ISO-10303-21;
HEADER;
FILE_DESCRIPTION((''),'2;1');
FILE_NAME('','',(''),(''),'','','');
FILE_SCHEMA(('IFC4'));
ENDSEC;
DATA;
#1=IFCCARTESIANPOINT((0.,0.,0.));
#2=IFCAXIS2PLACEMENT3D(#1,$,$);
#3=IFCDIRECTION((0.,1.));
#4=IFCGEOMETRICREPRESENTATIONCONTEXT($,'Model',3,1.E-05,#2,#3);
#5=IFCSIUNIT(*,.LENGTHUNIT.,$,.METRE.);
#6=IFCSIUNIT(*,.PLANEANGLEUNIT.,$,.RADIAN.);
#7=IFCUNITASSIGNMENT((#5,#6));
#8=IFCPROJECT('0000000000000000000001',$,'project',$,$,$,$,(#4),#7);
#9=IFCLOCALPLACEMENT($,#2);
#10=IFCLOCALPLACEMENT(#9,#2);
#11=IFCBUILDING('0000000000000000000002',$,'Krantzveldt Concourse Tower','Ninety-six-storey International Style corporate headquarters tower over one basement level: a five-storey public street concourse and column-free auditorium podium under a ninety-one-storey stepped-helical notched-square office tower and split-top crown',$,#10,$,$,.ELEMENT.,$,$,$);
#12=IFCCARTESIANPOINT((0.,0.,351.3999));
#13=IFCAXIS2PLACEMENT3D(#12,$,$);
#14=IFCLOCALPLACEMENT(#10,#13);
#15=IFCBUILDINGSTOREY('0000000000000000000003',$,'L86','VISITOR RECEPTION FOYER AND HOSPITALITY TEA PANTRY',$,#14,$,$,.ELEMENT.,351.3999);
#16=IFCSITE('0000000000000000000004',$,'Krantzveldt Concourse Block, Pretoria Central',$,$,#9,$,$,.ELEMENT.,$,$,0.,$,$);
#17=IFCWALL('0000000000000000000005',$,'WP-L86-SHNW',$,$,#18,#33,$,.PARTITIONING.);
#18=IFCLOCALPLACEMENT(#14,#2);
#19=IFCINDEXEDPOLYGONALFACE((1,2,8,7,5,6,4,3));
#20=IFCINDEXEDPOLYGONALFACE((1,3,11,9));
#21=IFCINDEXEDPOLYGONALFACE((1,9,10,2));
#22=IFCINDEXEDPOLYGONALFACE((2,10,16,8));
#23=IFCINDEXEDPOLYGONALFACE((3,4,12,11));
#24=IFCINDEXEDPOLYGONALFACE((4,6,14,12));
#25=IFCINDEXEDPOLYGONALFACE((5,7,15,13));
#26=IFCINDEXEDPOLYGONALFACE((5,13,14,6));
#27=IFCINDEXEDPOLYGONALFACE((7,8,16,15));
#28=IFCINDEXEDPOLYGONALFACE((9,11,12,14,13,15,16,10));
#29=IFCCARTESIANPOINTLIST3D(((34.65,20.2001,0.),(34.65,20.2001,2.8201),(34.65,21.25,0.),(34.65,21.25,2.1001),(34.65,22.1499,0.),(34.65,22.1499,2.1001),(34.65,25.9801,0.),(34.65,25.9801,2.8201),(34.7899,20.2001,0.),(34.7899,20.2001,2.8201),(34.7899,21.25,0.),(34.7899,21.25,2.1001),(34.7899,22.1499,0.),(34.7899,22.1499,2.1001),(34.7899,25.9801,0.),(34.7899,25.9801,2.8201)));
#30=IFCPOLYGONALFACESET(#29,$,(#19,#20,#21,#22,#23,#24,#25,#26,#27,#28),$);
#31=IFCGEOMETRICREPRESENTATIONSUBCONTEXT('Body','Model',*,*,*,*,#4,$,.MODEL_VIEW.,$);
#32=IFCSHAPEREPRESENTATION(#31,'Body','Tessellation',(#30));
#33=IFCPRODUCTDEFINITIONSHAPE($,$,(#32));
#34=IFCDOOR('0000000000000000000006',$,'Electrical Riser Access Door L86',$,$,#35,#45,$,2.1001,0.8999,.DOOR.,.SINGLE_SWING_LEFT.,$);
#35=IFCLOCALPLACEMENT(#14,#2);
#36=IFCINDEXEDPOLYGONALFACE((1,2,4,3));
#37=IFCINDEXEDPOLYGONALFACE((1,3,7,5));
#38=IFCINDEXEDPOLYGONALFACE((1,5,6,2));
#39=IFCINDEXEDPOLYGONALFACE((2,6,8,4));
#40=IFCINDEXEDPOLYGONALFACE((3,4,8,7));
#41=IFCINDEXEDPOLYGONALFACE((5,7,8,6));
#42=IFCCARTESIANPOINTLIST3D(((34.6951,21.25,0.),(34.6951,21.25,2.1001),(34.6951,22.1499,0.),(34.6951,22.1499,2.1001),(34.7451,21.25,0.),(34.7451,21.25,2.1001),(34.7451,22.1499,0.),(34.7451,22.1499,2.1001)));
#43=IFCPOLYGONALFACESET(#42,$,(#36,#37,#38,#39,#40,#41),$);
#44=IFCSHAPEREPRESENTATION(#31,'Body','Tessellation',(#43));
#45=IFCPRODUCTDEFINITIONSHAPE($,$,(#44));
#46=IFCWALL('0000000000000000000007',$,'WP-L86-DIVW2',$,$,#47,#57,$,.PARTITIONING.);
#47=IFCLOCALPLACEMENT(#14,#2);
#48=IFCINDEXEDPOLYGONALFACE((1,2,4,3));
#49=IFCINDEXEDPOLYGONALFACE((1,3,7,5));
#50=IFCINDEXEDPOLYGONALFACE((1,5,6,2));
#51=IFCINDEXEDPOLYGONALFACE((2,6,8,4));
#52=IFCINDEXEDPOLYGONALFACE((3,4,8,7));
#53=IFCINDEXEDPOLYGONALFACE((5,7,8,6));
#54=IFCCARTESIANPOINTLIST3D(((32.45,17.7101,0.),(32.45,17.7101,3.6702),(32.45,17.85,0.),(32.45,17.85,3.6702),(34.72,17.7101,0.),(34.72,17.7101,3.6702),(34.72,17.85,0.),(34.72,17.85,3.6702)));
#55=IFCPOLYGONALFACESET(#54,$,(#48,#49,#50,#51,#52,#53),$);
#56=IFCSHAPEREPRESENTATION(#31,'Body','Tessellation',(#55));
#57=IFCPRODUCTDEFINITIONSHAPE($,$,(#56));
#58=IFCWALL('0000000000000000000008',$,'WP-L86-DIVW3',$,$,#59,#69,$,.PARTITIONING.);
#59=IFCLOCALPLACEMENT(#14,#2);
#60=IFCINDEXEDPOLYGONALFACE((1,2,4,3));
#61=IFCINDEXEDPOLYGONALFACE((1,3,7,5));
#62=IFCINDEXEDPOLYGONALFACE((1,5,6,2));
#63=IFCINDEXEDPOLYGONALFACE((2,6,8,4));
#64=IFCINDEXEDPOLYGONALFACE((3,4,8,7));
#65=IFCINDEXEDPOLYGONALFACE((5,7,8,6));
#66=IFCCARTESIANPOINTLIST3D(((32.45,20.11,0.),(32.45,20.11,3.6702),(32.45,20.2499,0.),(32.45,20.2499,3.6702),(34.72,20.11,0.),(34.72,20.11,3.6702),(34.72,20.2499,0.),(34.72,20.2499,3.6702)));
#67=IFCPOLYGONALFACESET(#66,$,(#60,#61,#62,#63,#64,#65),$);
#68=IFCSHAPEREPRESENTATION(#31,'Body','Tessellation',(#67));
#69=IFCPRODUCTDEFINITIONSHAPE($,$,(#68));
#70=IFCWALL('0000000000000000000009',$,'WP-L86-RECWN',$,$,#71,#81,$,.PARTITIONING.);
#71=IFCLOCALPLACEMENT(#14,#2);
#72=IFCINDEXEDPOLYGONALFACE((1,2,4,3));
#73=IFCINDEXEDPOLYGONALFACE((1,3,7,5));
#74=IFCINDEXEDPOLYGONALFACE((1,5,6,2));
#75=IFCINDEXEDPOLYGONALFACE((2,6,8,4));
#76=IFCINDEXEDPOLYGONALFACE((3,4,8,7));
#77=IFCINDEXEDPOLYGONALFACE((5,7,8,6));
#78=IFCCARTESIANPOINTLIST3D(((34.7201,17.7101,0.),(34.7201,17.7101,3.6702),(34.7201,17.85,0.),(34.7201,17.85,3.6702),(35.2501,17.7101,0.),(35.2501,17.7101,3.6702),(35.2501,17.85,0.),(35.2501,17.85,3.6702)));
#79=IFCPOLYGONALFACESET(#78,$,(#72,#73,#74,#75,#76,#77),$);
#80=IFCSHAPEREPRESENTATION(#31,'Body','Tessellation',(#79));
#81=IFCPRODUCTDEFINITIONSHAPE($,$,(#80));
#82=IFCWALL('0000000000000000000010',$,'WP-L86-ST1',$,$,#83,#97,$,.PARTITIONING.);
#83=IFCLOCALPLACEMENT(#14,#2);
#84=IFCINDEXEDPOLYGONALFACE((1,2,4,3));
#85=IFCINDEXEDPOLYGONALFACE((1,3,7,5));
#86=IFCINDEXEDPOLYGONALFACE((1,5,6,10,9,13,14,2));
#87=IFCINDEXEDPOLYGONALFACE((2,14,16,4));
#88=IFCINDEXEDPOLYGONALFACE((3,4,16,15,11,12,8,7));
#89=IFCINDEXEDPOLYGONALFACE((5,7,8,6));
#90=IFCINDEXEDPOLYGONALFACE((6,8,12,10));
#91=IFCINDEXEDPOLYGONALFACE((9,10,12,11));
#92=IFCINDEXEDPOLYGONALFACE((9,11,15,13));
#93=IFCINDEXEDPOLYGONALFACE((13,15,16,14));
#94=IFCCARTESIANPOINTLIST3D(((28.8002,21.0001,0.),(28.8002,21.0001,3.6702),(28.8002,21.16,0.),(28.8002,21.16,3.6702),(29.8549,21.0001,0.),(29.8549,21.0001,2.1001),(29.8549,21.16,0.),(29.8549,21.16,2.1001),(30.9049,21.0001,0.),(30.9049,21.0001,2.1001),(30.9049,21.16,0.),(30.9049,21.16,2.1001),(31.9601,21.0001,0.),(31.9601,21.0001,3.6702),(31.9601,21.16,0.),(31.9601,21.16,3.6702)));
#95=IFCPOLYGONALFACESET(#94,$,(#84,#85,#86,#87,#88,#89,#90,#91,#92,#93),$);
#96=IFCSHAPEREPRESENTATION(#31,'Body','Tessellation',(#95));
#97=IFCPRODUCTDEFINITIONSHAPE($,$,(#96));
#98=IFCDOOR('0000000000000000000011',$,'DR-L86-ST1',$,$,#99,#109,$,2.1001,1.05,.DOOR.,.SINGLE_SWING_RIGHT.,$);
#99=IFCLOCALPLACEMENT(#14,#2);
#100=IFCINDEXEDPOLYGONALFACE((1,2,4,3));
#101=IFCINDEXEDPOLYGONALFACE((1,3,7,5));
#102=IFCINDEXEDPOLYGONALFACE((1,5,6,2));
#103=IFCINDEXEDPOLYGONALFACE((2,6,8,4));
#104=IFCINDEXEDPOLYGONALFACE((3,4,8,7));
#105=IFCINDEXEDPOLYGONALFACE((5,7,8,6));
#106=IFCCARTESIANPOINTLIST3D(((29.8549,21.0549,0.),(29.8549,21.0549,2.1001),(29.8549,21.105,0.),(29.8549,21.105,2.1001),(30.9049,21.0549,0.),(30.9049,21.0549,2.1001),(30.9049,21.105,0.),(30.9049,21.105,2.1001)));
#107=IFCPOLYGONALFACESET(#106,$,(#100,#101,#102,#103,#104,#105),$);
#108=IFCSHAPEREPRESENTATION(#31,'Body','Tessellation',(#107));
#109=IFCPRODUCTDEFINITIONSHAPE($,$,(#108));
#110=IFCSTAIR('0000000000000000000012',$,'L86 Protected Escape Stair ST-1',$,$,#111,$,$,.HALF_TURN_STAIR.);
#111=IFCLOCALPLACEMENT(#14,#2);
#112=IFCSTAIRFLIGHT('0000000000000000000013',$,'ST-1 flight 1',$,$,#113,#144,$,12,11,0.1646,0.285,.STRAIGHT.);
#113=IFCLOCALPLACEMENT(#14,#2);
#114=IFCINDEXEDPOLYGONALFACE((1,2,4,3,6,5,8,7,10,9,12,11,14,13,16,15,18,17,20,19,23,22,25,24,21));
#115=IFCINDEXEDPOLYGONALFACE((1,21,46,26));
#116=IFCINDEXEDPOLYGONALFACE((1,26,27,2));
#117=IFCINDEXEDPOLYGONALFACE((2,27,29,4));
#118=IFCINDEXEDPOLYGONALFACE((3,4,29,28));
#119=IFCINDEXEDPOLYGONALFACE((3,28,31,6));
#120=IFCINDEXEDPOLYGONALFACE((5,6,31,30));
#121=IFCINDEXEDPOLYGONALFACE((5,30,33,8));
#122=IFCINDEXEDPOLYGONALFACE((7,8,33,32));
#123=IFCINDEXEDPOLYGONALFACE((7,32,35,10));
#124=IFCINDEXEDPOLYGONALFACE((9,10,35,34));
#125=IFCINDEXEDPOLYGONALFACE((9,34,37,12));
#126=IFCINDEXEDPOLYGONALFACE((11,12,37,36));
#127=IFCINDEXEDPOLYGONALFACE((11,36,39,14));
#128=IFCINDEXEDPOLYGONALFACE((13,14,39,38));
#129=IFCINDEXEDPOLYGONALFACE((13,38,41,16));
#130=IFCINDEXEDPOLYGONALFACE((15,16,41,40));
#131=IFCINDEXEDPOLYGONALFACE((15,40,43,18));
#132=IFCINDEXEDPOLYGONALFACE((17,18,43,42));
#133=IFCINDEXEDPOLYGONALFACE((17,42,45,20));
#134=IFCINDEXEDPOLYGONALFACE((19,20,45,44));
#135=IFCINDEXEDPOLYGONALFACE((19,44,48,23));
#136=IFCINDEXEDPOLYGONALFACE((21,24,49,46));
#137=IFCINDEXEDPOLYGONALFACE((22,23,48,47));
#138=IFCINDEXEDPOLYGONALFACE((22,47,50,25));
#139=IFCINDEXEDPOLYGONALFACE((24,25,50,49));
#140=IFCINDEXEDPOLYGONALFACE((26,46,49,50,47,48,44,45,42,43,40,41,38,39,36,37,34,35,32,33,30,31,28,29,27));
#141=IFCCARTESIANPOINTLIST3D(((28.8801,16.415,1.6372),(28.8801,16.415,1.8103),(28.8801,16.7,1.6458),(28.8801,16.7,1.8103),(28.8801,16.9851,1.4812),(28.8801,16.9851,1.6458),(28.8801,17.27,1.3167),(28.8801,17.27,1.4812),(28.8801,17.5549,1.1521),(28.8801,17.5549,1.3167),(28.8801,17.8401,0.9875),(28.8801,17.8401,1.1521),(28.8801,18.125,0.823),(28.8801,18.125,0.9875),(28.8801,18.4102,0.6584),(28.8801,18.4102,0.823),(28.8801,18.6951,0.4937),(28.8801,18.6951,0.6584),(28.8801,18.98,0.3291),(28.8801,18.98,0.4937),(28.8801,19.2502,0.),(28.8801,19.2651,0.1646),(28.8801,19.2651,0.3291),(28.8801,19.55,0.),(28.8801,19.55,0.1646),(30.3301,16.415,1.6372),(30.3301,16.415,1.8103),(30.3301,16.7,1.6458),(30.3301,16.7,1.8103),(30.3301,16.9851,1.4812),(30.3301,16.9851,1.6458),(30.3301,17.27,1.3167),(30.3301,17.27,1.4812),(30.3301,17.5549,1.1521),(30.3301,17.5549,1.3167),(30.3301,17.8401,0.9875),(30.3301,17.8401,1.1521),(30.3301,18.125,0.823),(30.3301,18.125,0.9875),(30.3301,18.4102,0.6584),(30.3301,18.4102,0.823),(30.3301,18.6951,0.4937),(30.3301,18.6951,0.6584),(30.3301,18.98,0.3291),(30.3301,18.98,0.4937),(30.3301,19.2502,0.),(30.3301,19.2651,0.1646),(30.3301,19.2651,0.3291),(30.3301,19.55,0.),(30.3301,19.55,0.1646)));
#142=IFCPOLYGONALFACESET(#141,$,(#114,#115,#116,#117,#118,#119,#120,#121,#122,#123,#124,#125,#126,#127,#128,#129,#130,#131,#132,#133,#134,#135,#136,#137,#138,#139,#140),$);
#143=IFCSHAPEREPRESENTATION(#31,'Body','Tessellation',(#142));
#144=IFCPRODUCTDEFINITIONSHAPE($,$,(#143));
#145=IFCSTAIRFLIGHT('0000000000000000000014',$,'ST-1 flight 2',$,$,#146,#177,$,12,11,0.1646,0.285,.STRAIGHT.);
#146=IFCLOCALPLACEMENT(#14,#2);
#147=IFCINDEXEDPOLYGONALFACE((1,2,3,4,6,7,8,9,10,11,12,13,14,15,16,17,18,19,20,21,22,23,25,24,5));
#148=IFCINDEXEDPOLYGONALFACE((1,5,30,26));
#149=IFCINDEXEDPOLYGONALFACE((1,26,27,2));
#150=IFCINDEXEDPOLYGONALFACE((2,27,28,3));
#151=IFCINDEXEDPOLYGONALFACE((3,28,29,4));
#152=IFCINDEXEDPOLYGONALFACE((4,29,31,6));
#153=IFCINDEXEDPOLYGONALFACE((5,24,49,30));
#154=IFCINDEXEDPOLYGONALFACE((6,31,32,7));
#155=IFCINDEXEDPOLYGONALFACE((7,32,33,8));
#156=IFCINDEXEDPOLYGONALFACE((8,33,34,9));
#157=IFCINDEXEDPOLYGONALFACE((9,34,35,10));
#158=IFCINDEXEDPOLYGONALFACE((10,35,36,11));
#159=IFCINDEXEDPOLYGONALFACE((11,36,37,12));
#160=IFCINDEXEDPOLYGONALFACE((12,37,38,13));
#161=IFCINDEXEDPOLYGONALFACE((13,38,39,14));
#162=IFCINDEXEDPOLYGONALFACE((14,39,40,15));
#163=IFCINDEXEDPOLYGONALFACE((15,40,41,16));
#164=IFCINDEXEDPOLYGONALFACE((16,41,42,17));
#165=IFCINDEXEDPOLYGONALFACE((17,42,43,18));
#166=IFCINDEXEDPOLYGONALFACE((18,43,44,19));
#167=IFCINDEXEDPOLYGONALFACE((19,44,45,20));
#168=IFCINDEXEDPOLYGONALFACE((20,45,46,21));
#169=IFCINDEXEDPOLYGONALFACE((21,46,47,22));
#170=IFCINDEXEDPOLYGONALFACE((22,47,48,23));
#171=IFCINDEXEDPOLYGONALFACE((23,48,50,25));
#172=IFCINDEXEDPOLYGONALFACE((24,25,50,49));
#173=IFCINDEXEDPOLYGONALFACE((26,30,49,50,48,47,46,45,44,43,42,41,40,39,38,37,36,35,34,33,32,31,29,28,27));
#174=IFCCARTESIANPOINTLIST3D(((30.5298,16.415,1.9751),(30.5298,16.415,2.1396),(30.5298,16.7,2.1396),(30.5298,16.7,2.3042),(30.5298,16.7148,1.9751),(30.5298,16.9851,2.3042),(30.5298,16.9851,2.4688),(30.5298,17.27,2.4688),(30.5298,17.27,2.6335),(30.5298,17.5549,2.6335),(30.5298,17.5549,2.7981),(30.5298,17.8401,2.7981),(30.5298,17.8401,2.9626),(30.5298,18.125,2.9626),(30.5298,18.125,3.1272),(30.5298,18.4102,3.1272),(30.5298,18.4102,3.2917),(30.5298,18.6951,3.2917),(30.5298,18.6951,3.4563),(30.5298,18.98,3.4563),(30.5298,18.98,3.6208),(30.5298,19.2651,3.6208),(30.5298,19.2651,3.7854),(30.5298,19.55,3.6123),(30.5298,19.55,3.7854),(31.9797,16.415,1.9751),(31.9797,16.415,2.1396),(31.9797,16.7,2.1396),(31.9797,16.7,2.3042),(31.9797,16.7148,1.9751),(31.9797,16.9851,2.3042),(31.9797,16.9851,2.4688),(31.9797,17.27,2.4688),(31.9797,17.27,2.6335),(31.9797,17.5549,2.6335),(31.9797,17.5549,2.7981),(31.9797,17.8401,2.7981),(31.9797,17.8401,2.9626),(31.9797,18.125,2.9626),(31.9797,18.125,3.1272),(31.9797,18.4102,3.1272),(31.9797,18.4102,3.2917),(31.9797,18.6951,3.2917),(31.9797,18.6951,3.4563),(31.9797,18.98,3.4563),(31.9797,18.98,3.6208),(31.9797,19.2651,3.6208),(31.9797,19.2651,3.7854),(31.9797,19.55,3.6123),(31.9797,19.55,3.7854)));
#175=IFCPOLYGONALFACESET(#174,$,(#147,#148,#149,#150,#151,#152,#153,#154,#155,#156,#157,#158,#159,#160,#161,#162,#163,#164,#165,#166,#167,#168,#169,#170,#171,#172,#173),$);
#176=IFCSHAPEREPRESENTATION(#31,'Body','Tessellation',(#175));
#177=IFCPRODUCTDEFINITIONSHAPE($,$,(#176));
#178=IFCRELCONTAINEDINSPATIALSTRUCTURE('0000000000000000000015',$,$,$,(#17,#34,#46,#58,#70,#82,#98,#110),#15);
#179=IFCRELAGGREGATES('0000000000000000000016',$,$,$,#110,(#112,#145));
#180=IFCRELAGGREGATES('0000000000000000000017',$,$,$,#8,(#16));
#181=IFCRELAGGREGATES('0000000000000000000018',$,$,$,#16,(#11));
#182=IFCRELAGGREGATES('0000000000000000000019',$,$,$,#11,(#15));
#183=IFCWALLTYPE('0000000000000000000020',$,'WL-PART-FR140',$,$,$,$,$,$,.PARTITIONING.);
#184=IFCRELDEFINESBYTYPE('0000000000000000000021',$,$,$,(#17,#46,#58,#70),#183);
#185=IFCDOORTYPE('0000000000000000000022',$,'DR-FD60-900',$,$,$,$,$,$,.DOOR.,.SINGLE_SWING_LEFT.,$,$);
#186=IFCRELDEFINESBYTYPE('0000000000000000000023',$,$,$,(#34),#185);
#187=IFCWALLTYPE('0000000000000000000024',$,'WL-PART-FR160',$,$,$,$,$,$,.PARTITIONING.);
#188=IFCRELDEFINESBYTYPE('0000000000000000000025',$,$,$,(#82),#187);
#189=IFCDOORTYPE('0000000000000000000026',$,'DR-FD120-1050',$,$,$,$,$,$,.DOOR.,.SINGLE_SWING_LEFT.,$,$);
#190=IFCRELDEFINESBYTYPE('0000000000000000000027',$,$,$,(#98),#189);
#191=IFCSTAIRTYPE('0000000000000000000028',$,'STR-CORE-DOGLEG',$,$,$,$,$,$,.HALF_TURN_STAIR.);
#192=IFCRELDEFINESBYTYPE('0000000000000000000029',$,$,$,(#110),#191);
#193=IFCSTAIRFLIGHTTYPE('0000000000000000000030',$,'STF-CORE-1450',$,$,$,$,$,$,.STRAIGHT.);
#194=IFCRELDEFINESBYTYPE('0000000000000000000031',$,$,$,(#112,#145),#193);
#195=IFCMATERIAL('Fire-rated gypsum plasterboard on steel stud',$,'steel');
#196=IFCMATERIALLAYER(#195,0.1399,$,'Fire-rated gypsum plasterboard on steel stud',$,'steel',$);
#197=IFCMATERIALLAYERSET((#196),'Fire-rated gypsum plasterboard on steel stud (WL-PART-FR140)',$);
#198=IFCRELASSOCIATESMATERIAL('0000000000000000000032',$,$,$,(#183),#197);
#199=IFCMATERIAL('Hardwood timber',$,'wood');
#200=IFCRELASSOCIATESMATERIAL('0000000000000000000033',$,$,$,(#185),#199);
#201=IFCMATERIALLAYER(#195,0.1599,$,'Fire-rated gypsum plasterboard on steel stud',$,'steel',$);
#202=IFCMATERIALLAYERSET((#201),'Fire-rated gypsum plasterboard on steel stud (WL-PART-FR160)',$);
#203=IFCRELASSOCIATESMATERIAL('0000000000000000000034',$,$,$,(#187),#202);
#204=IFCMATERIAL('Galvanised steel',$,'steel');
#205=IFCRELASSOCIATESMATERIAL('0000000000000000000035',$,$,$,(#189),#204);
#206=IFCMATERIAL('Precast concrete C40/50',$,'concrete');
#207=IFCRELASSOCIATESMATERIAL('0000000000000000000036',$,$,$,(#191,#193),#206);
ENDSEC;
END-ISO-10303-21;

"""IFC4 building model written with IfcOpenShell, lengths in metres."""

from ifc_helpers import new_model, si_unit, direction, frame, frame_2d, origin, place, context, subcontext, project, spatial, polyline, rectangle, outline, extrude, material, layer, layer_set, type_object, element, fill, aggregate, save


model = new_model("IFC4")

# Units and contexts
model_context = context("Model", 3, precision=1e-05, world=origin(), true_north=direction((0.0, 1.0)))
body_context = subcontext(model_context, "Body", "Model", "MODEL_VIEW")
ifc_project = project(units=[si_unit("LENGTHUNIT", "METRE"), si_unit("PLANEANGLEUNIT", "RADIAN")], contexts=[model_context])

# Site, building, storey
site_placement = place(None, origin())
site = spatial("IfcSite", under=ifc_project, at=site_placement, Name="Krantzveldt Concourse Block, Pretoria Central", CompositionType="ELEMENT", RefElevation=0.0)
building_placement = place(site_placement, origin())
building = spatial("IfcBuilding", under=site, at=building_placement, Name="Krantzveldt Concourse Tower", Description="Ninety-six-storey International Style corporate headquarters tower over one basement level: a five-storey public street concourse and column-free auditorium podium under a ninety-one-storey stepped-helical notched-square office tower and split-top crown", CompositionType="ELEMENT")
storey_placement = place(building_placement, frame((0.0, 0.0, 351.3999)))
storey = spatial("IfcBuildingStorey", under=building, at=storey_placement, Name="L86", Description="VISITOR RECEPTION FOYER AND HOSPITALITY TEA PANTRY", CompositionType="ELEMENT", Elevation=351.3999)

# Wall, opening, door
ifc_material_1 = material(Name="Fire-rated gypsum plasterboard on steel stud", Category="steel")
ifc_layer_1 = layer(ifc_material_1, 0.1399, Name="Fire-rated gypsum plasterboard on steel stud", Category="steel")
ifc_layer_set_1 = layer_set([ifc_layer_1], Name="Fire-rated gypsum plasterboard on steel stud (WL-PART-FR140)")
wall_type_1 = type_object("IfcWallType", Name="WL-PART-FR140", PredefinedType="PARTITIONING", material=ifc_layer_set_1)
wall_1_placement = place(storey_placement, frame((34.72, 20.2, 0.0), z_axis=(0.0, 0.0, 1.0), x_axis=(0.0, 1.0, 0.0)))
wall_1 = element("IfcWall", 1, at=wall_1_placement, inside=storey, type_object=wall_type_1, Name="WP-L86-SHNW", PredefinedType="PARTITIONING", context=body_context, shape_type="SweptSolid", body=[
    extrude(rectangle(XDim=5.78, YDim=0.1399, at=frame_2d((2.8901, 0.0))), origin(), (0.0, 0.0, 1.0), 2.8201),
])
opening_1_placement = place(wall_1_placement, frame((1.05, 0.0, 0.0)))
opening_1 = element("IfcOpeningElement", 2, at=opening_1_placement, cuts=wall_1, PredefinedType="OPENING", context=body_context, shape_type="SweptSolid", body=[
    extrude(rectangle(XDim=0.8999, YDim=2.1001, at=frame_2d((0.45, 1.05))), frame((0.0, 0.0801, 0.0), z_axis=(0.0, -1.0, 0.0), x_axis=(1.0, 0.0, 0.0)), (0.0, 0.0, 1.0), 0.1599),
])
ifc_material_2 = material(Name="Hardwood timber", Category="wood")
door_type_1 = type_object("IfcDoorType", Name="DR-FD60-900", OperationType="SINGLE_SWING_LEFT", PredefinedType="DOOR", material=ifc_material_2)
door_1_placement = place(opening_1_placement, origin())
door_1 = element("IfcDoor", 3, at=door_1_placement, inside=storey, type_object=door_type_1, Name="Electrical Riser Access Door L86", OperationType="SINGLE_SWING_LEFT", OverallHeight=2.1001, OverallWidth=0.8999, PredefinedType="DOOR", context=body_context, shape_type="SweptSolid", body=[
    extrude(rectangle(XDim=0.8999, YDim=2.1001, at=frame_2d((0.45, 1.05))), frame((0.0, 0.0249, 0.0), z_axis=(0.0, -1.0, 0.0), x_axis=(1.0, 0.0, 0.0)), (0.0, 0.0, 1.0), 0.05),
])
fill(opening_1, door_1)

# Walls
for number, where, z_axis, x_axis, name in (
    (4, (32.45, 17.78, 0.0), (0.0, 0.0, 1.0), (1.0, 0.0, 0.0), "WP-L86-DIVW2"),
    (5, (32.45, 20.1799, 0.0), (0.0, 0.0, 1.0), (1.0, 0.0, 0.0), "WP-L86-DIVW3"),
):
    element("IfcWall", number, at=place(storey_placement, frame(where, z_axis=z_axis, x_axis=x_axis)), inside=storey, type_object=wall_type_1, Name=name, PredefinedType="PARTITIONING", context=body_context, shape_type="SweptSolid", body=[
        extrude(rectangle(XDim=2.27, YDim=0.1399, at=frame_2d((1.135, 0.0))), origin(), (0.0, 0.0, 1.0), 3.6702),
    ])
wall_2_placement = place(storey_placement, frame((34.72, 17.78, 0.0), z_axis=(0.0, 0.0, 1.0), x_axis=(1.0, 0.0, 0.0)))
element("IfcWall", 6, at=wall_2_placement, inside=storey, type_object=wall_type_1, Name="WP-L86-RECWN", PredefinedType="PARTITIONING", context=body_context, shape_type="SweptSolid", body=[
    extrude(rectangle(XDim=0.53, YDim=0.1399, at=frame_2d((0.2651, 0.0))), origin(), (0.0, 0.0, 1.0), 3.6702),
])

# Wall, opening, door
ifc_layer_2 = layer(ifc_material_1, 0.1599, Name="Fire-rated gypsum plasterboard on steel stud", Category="steel")
ifc_layer_set_2 = layer_set([ifc_layer_2], Name="Fire-rated gypsum plasterboard on steel stud (WL-PART-FR160)")
wall_type_2 = type_object("IfcWallType", Name="WL-PART-FR160", PredefinedType="PARTITIONING", material=ifc_layer_set_2)
wall_3_placement = place(storey_placement, frame((28.8, 21.0801, 0.0), z_axis=(0.0, 0.0, 1.0), x_axis=(1.0, 0.0, 0.0)))
wall_3 = element("IfcWall", 7, at=wall_3_placement, inside=storey, type_object=wall_type_2, Name="WP-L86-ST1", PredefinedType="PARTITIONING", context=body_context, shape_type="SweptSolid", body=[
    extrude(rectangle(XDim=3.1599, YDim=0.1599, at=frame_2d((1.5801, 0.0))), origin(), (0.0, 0.0, 1.0), 3.6702),
])
opening_2_placement = place(wall_3_placement, frame((1.0549, 0.0, 0.0)))
opening_2 = element("IfcOpeningElement", 8, at=opening_2_placement, cuts=wall_3, PredefinedType="OPENING", context=body_context, shape_type="SweptSolid", body=[
    extrude(rectangle(XDim=1.05, YDim=2.1001, at=frame_2d((0.5249, 1.05))), frame((0.0, 0.0898, 0.0), z_axis=(0.0, -1.0, 0.0), x_axis=(1.0, 0.0, 0.0)), (0.0, 0.0, 1.0), 0.1799),
])
ifc_material_3 = material(Name="Galvanised steel", Category="steel")
door_type_2 = type_object("IfcDoorType", Name="DR-FD120-1050", OperationType="SINGLE_SWING_LEFT", PredefinedType="DOOR", material=ifc_material_3)
door_2_placement = place(opening_2_placement, origin())
door_2 = element("IfcDoor", 9, at=door_2_placement, inside=storey, type_object=door_type_2, Name="DR-L86-ST1", OperationType="SINGLE_SWING_RIGHT", OverallHeight=2.1001, OverallWidth=1.05, PredefinedType="DOOR", context=body_context, shape_type="SweptSolid", body=[
    extrude(rectangle(XDim=1.05, YDim=2.1001, at=frame_2d((0.5249, 1.05))), frame((0.0, 0.0249, 0.0), z_axis=(0.0, -1.0, 0.0), x_axis=(1.0, 0.0, 0.0)), (0.0, 0.0, 1.0), 0.05),
])
fill(opening_2, door_2)

# Stair, stair flights
ifc_material_4 = material(Name="Precast concrete C40/50", Category="concrete")
stair_type = type_object("IfcStairType", Name="STR-CORE-DOGLEG", PredefinedType="HALF_TURN_STAIR", material=ifc_material_4)
stair_placement = place(storey_placement, origin())
stair = element("IfcStair", 10, at=stair_placement, inside=storey, type_object=stair_type, Name="L86 Protected Escape Stair ST-1", PredefinedType="HALF_TURN_STAIR")
stair_flight_type = type_object("IfcStairFlightType", Name="STF-CORE-1450", PredefinedType="STRAIGHT", material=ifc_material_4)
stair_flight_1_placement = place(storey_placement, frame((29.605, 19.55, 0.0), z_axis=(0.0, 0.0, 1.0), x_axis=(0.0, -1.0, 0.0)))
stair_flight_1 = element("IfcStairFlight", 11, at=stair_flight_1_placement, type_object=stair_flight_type, Name="ST-1 flight 1", NumberOfRisers=12, NumberOfTreads=11, PredefinedType="STRAIGHT", RiserHeight=0.1646, TreadLength=0.285, context=body_context, shape_type="SweptSolid", body=[
    extrude(outline(polyline([(0.0, 0.0), (0.0, 0.1646), (0.2849, 0.1646), (0.2849, 0.3291), (0.5701, 0.3291), (0.5701, 0.4937), (0.855, 0.4937), (0.855, 0.6584), (1.1399, 0.6584), (1.1399, 0.823), (1.425, 0.823), (1.425, 0.9875), (1.71, 0.9875), (1.71, 1.1521), (1.9951, 1.1521), (1.9951, 1.3167), (2.28, 1.3167), (2.28, 1.4812), (2.5649, 1.4812), (2.5649, 1.6458), (2.8501, 1.6458), (2.8501, 1.8103), (3.135, 1.8103), (3.135, 1.9751), (3.135, 1.6372), (0.2998, 0.0), (0.0, 0.0)])), frame((0.0, 0.7251, 0.0), z_axis=(0.0, -1.0, 0.0), x_axis=(1.0, 0.0, 0.0)), (0.0, 0.0, 1.0), 1.45),
])
stair_flight_2_placement = place(storey_placement, frame((31.2549, 16.415, 1.9751), z_axis=(0.0, 0.0, 1.0), x_axis=(0.0, 1.0, 0.0)))
stair_flight_2 = element("IfcStairFlight", 12, at=stair_flight_2_placement, type_object=stair_flight_type, Name="ST-1 flight 2", NumberOfRisers=12, NumberOfTreads=11, PredefinedType="STRAIGHT", RiserHeight=0.1646, TreadLength=0.285, context=body_context, shape_type="SweptSolid", body=[
    extrude(outline(polyline([(0.0, 0.0), (0.0, 0.1646), (0.2849, 0.1646), (0.2849, 0.3291), (0.5701, 0.3291), (0.5701, 0.4937), (0.855, 0.4937), (0.855, 0.6584), (1.1399, 0.6584), (1.1399, 0.823), (1.425, 0.823), (1.425, 0.9875), (1.71, 0.9875), (1.71, 1.1521), (1.9951, 1.1521), (1.9951, 1.3167), (2.28, 1.3167), (2.28, 1.4812), (2.5649, 1.4812), (2.5649, 1.6458), (2.8501, 1.6458), (2.8501, 1.8103), (3.135, 1.8103), (3.135, 1.9751), (3.135, 1.6372), (0.2998, 0.0), (0.0, 0.0)])), frame((0.0, 0.7251, 0.0), z_axis=(0.0, -1.0, 0.0), x_axis=(1.0, 0.0, 0.0)), (0.0, 0.0, 1.0), 1.45),
])
aggregate(stair, [stair_flight_1, stair_flight_2])

save(model, "model.ifc")
